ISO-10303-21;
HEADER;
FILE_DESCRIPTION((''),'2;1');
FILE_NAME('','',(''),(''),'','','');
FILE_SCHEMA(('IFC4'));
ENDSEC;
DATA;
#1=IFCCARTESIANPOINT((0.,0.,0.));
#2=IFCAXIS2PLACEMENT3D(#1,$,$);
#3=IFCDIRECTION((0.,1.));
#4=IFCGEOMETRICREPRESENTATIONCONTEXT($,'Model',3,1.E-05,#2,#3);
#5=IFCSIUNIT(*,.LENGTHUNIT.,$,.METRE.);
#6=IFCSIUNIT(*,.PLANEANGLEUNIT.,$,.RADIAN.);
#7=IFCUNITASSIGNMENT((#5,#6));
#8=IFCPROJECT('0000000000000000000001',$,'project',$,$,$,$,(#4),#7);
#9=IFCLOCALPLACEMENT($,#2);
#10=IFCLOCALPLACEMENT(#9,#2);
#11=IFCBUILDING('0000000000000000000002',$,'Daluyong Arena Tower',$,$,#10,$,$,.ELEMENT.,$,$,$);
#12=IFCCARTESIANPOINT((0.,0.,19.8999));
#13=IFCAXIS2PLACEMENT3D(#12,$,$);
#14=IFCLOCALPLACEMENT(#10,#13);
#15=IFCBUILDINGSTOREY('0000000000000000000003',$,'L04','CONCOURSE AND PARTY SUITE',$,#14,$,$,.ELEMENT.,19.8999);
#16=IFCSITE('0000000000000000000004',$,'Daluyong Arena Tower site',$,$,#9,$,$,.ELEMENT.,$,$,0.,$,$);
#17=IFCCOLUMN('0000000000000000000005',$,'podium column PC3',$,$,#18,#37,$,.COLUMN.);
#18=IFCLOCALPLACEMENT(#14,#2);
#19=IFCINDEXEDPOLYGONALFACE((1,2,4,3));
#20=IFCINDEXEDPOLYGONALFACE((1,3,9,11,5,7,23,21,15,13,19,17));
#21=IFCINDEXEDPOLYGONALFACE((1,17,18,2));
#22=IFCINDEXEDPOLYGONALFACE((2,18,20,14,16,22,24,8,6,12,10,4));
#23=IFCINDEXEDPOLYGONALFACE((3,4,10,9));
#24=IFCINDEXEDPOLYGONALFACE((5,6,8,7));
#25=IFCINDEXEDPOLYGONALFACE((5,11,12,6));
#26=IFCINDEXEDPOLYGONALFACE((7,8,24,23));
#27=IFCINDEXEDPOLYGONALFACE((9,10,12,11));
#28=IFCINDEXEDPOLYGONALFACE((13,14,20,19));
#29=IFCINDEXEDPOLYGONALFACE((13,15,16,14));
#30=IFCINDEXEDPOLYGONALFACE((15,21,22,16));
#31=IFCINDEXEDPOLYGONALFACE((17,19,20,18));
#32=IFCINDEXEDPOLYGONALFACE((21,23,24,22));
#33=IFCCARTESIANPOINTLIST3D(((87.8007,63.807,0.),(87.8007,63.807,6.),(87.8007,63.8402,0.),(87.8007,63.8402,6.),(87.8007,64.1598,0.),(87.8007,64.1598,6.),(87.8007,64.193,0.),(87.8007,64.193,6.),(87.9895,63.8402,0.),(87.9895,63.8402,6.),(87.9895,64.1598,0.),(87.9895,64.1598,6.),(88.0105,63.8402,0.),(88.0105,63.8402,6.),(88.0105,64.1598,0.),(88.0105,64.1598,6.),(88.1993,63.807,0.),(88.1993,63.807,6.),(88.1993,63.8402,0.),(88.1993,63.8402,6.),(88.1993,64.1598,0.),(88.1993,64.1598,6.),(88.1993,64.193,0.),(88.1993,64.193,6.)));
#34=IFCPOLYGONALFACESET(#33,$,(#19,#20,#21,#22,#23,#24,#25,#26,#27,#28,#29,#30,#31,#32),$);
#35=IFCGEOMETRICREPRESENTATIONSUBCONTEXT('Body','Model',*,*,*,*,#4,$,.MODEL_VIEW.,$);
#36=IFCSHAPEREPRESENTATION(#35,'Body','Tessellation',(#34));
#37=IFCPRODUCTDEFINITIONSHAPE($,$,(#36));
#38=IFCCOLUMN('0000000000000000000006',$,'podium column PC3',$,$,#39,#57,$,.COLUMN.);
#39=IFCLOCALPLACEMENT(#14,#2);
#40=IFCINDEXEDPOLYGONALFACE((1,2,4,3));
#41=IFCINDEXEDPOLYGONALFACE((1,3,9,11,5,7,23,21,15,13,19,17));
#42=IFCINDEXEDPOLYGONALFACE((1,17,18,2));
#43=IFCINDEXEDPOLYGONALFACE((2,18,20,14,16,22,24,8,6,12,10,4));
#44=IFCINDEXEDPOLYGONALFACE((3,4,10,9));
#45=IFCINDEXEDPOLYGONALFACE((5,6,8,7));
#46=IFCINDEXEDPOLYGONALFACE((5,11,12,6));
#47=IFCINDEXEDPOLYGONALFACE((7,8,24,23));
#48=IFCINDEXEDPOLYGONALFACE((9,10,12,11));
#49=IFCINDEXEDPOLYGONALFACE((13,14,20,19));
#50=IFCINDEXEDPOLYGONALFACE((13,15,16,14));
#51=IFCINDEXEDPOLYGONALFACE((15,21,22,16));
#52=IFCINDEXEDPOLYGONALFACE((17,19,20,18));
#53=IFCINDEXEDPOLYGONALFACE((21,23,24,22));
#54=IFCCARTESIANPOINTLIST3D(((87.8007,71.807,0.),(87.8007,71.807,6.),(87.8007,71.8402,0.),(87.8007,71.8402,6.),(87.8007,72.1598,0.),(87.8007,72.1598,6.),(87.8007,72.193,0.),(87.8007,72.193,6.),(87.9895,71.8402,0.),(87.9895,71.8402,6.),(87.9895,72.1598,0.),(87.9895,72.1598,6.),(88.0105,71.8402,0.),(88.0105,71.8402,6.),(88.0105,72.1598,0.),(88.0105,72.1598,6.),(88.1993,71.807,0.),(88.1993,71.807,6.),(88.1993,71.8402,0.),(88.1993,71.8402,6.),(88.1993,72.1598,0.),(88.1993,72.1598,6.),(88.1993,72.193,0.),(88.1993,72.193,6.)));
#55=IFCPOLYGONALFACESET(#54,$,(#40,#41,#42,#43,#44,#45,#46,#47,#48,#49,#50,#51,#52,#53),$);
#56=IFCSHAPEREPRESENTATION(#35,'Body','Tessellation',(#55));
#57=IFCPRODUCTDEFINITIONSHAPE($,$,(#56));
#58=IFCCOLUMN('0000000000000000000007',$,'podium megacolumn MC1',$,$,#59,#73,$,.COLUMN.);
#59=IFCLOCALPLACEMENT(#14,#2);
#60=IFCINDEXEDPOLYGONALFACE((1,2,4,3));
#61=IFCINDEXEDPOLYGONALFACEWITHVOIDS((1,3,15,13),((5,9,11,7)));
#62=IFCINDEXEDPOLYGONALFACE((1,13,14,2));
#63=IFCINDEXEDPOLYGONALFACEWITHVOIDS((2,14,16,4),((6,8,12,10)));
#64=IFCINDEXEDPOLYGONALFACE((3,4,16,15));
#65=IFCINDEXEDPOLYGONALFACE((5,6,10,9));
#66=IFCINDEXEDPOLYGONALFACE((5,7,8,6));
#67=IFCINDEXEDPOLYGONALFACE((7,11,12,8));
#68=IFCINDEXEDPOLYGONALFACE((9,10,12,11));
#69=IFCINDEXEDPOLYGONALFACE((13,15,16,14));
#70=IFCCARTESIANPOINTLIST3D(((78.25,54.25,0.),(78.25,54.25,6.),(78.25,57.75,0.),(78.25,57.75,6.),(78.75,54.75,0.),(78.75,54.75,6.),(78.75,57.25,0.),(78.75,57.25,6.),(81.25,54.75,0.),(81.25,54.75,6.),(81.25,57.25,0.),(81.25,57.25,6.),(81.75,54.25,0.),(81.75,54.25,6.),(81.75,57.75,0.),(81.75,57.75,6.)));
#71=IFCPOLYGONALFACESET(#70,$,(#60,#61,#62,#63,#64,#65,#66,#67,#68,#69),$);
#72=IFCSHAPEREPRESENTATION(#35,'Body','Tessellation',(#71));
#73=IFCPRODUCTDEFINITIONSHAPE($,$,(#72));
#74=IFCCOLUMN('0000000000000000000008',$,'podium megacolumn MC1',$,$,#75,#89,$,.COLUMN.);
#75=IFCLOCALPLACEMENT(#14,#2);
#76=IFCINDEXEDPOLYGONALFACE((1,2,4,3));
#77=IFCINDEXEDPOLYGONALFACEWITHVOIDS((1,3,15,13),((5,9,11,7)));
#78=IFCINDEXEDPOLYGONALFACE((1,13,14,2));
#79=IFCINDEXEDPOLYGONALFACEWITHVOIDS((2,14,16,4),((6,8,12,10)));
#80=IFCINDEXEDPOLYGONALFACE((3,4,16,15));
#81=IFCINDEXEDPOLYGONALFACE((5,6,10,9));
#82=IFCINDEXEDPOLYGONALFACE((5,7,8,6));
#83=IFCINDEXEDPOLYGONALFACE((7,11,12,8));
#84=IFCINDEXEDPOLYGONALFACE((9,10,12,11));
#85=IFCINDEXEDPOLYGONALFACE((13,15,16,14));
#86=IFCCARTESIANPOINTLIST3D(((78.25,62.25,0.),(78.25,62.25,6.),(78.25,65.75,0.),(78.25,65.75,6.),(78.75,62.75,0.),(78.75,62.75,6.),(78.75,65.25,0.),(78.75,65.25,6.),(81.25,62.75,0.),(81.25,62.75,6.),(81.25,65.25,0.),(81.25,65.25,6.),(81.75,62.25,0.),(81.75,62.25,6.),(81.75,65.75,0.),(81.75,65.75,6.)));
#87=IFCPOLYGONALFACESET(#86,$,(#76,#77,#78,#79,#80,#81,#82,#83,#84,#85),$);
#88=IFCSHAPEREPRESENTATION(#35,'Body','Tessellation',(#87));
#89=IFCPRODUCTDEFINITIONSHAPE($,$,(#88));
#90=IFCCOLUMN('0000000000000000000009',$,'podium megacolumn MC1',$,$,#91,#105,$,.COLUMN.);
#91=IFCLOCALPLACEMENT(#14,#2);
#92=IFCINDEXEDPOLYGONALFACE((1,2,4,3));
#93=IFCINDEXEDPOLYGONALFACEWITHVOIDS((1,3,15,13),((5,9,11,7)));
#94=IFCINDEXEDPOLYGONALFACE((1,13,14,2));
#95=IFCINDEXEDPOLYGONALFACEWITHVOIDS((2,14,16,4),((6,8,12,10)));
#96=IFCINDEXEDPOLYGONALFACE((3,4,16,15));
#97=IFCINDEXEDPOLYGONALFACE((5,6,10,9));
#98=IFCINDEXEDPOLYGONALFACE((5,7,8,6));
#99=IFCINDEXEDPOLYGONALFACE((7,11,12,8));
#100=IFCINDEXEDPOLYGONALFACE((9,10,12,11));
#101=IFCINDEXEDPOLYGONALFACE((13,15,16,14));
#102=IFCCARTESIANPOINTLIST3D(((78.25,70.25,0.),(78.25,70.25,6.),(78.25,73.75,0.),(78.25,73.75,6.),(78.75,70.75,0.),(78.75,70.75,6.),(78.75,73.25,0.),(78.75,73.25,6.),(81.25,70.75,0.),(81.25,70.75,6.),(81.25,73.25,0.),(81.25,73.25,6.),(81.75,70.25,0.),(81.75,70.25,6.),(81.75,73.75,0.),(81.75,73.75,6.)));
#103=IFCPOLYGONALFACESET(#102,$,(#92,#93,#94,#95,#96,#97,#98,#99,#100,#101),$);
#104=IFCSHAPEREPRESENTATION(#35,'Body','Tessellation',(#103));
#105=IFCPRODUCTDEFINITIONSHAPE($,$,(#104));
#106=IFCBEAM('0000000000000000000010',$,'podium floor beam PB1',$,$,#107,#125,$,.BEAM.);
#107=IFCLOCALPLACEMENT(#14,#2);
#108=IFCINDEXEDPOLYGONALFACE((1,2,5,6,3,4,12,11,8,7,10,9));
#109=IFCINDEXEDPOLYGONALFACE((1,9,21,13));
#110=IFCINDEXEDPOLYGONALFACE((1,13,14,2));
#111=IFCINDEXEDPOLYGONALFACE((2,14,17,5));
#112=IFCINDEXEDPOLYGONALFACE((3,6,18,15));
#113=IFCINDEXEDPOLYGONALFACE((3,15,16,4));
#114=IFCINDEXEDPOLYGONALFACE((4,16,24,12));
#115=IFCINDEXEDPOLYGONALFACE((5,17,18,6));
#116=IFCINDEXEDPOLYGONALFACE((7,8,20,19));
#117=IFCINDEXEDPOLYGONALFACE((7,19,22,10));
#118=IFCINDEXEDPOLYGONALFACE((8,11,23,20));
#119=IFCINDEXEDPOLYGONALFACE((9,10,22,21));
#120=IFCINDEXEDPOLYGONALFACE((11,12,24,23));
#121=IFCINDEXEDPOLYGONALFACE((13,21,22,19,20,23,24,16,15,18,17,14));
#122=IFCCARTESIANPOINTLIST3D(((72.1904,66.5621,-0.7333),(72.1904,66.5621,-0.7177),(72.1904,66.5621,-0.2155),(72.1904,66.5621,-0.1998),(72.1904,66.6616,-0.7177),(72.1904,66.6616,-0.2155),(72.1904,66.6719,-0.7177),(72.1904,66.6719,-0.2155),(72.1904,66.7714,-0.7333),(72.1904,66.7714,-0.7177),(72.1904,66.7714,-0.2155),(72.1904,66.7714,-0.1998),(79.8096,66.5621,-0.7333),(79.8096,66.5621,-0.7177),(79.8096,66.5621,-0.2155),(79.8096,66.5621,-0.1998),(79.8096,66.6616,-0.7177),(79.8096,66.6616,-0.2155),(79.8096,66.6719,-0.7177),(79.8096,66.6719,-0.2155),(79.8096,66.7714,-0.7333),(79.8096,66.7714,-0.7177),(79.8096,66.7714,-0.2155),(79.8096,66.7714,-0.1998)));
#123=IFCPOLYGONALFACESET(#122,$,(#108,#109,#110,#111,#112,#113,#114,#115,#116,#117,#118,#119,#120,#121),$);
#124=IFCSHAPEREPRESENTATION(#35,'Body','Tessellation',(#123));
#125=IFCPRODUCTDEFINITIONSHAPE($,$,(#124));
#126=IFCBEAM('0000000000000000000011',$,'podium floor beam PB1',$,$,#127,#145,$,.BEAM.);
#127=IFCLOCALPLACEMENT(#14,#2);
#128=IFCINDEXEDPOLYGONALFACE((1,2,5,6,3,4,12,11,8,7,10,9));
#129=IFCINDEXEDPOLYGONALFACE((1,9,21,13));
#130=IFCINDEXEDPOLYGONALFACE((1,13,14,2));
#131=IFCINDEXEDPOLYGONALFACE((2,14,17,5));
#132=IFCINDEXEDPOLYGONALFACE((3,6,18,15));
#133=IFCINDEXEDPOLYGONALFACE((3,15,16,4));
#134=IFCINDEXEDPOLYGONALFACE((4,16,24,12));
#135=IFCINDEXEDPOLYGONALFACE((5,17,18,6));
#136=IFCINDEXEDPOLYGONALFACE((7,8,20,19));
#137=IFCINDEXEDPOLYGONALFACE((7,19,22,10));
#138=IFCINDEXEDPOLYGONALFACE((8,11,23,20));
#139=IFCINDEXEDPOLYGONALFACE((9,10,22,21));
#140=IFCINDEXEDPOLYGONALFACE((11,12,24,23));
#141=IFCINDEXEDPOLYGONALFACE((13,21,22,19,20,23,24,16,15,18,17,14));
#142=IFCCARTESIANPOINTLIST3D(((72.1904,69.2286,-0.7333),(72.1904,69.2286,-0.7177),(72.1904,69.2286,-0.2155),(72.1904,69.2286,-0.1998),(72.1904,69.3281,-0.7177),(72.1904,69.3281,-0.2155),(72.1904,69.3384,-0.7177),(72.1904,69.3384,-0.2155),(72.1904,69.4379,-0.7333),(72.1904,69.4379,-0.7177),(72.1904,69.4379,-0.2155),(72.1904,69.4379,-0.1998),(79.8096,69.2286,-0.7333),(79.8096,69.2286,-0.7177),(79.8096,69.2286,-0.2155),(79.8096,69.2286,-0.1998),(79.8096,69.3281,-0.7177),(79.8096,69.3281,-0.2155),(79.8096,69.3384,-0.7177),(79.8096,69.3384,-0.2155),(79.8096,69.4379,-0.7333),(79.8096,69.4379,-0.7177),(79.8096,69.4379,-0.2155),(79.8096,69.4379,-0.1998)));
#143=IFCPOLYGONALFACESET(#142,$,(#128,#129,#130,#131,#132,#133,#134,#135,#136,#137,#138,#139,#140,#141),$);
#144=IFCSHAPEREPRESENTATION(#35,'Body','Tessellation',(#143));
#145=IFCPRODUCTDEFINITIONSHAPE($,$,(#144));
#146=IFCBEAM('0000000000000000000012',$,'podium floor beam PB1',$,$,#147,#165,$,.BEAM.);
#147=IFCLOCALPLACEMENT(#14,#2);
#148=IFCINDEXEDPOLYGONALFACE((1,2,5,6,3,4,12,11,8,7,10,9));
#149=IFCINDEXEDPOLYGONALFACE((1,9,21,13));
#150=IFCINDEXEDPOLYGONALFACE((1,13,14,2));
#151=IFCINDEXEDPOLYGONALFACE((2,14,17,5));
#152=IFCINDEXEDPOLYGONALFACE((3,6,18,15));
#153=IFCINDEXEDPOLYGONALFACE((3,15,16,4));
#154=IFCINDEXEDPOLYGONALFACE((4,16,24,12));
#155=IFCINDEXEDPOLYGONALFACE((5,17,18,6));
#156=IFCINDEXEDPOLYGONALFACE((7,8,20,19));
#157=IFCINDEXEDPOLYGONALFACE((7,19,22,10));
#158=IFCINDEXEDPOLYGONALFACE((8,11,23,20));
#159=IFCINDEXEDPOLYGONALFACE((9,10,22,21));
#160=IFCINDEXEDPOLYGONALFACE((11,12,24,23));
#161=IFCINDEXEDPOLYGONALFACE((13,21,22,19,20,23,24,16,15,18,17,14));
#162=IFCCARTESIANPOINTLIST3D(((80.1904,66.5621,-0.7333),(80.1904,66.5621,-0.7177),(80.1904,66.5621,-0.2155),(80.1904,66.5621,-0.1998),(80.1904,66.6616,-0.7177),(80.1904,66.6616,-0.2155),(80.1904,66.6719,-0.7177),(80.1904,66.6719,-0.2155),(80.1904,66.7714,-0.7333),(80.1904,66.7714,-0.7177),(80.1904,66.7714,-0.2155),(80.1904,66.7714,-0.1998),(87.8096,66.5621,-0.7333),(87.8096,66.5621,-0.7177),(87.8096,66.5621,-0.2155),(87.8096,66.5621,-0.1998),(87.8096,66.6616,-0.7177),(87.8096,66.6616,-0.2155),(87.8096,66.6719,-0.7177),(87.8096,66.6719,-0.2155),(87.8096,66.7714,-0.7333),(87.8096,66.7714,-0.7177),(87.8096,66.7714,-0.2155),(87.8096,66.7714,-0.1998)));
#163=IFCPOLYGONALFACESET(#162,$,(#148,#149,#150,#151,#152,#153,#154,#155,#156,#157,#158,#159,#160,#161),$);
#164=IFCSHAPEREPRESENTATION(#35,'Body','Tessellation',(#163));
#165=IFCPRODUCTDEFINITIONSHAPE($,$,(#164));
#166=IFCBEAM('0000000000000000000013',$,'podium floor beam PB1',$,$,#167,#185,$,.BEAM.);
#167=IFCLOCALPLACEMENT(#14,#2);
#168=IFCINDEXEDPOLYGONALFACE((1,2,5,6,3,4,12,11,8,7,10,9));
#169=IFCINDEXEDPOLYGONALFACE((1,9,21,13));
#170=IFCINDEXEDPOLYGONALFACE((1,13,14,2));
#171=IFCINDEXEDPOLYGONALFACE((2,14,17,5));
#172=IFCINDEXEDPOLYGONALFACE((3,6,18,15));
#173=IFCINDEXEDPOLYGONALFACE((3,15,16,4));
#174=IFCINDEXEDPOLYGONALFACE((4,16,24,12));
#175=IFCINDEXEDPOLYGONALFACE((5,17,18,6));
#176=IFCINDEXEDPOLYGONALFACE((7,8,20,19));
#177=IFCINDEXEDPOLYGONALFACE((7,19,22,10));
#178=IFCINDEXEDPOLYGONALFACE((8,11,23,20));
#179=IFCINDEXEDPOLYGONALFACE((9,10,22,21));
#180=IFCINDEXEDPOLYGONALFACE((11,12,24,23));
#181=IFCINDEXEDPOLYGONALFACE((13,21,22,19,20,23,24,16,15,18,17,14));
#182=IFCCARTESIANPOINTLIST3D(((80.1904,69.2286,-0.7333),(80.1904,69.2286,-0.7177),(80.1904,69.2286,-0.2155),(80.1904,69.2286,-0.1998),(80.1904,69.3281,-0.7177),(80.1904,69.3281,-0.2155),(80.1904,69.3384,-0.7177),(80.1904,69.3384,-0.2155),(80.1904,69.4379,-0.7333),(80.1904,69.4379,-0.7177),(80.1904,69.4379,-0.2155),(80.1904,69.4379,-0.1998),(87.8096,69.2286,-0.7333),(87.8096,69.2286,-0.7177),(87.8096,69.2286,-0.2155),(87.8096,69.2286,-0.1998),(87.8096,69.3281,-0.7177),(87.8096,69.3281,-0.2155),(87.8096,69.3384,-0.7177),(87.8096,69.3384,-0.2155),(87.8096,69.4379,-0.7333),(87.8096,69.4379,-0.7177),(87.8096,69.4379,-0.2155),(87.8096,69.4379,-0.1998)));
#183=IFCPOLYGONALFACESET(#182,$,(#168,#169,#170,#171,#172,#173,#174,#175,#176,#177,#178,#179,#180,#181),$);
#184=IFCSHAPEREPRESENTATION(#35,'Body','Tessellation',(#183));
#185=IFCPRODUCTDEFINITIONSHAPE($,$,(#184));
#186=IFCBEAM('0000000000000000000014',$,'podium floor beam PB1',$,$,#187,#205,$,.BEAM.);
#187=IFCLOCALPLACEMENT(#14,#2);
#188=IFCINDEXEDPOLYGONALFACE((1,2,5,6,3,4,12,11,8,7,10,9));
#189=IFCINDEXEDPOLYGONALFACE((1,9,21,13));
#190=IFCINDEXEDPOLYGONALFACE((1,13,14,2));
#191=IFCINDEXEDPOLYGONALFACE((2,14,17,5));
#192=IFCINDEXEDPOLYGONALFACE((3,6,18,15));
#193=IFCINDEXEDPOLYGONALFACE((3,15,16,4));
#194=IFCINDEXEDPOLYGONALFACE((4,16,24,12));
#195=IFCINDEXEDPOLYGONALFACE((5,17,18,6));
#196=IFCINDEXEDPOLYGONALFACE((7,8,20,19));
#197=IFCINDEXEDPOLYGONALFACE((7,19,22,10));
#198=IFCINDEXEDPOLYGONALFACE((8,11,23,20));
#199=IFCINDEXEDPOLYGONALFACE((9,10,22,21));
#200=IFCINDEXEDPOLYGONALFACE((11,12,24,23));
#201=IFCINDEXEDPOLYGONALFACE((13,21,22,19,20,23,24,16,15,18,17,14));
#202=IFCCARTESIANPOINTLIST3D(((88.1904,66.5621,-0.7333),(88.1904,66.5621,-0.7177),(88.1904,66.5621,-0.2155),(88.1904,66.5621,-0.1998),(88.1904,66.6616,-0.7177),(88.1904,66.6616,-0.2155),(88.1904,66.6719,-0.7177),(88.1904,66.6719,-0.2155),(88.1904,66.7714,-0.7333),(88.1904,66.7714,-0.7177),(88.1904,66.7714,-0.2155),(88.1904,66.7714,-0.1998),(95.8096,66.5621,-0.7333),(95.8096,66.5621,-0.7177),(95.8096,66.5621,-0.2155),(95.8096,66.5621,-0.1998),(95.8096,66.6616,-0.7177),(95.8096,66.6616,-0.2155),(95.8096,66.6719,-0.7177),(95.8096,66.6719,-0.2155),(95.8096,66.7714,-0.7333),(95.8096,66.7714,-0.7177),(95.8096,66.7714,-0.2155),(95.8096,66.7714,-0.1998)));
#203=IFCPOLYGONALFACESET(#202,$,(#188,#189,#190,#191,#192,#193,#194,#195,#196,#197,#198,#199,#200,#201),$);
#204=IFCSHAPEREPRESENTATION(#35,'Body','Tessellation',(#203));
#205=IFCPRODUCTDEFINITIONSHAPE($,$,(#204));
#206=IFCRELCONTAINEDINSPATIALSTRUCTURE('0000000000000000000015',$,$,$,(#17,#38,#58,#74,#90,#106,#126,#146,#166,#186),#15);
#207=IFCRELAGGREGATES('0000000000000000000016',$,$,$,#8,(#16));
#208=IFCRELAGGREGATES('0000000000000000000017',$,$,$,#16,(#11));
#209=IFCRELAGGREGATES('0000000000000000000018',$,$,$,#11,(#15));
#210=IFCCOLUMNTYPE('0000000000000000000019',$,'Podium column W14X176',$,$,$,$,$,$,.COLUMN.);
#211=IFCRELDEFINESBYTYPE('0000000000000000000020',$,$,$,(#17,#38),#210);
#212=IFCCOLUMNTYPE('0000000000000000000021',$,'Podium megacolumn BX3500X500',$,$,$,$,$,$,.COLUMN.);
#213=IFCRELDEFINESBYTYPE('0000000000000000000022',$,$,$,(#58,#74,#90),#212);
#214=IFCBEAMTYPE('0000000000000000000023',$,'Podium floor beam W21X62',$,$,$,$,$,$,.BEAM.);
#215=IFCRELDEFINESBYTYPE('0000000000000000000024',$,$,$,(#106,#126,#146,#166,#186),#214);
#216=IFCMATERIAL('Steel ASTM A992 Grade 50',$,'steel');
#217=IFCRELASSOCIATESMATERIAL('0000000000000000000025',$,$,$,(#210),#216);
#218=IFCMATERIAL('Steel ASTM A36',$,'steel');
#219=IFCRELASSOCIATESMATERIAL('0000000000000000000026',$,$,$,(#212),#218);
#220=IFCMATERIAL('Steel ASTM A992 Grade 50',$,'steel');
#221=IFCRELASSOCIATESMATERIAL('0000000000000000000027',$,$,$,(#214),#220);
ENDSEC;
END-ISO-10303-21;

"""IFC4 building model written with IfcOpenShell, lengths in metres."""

from ifc_helpers import new_model, si_unit, direction, frame, origin, origin_2d, place, context, subcontext, project, spatial, hollow_rectangle, i_section, extrude, material, material_profile, profile_set, type_object, element, save


model = new_model("IFC4")

# Units and contexts
model_context = context("Model", 3, precision=1e-05, world=origin(), true_north=direction((0.0, 1.0)))
body_context = subcontext(model_context, "Body", "Model", "MODEL_VIEW")
ifc_project = project(units=[si_unit("LENGTHUNIT", "METRE"), si_unit("PLANEANGLEUNIT", "RADIAN")], contexts=[model_context])

# Site, building, storey
site_placement = place(None, origin())
site = spatial("IfcSite", under=ifc_project, at=site_placement, Name="Daluyong Arena Tower site", CompositionType="ELEMENT", RefElevation=0.0)
building_placement = place(site_placement, origin())
building = spatial("IfcBuilding", under=site, at=building_placement, Name="Daluyong Arena Tower", CompositionType="ELEMENT")
storey_placement = place(building_placement, frame((0.0, 0.0, 19.8999)))
storey = spatial("IfcBuildingStorey", under=building, at=storey_placement, Name="L04", Description="CONCOURSE AND PARTY SUITE", CompositionType="ELEMENT", Elevation=19.8999)

# Columns
ifc_material_1 = material(Name="Steel ASTM A992 Grade 50", Category="steel")
ifc_material_profile_1 = material_profile(ifc_material_1, i_section(OverallWidth=0.3987, OverallDepth=0.386, WebThickness=0.021, FlangeThickness=0.0332, at=origin_2d()))
ifc_profile_set_1 = profile_set([ifc_material_profile_1], Name="Steel ASTM A992 Grade 50")
column_type_1 = type_object("IfcColumnType", Name="Podium column W14X176", PredefinedType="COLUMN", material=ifc_profile_set_1)
for number, where, z_axis, x_axis, name in (
    (1, (88.0, 64.0, 0.0), (0.0, 0.0, 1.0), (1.0, 0.0, 0.0), "podium column PC3"),
    (2, (88.0, 72.0, 0.0), (0.0, 0.0, 1.0), (1.0, 0.0, 0.0), "podium column PC3"),
):
    element("IfcColumn", number, at=place(storey_placement, frame(where, z_axis=z_axis, x_axis=x_axis)), inside=storey, type_object=column_type_1, Name=name, PredefinedType="COLUMN", context=body_context, shape_type="SweptSolid", body=[
        extrude(i_section(OverallWidth=0.3987, OverallDepth=0.386, WebThickness=0.021, FlangeThickness=0.0332, at=origin_2d()), origin(), (0.0, 0.0, 1.0), 6.0),
    ])
ifc_material_2 = material(Name="Steel ASTM A36", Category="steel")
ifc_material_profile_2 = material_profile(ifc_material_2, hollow_rectangle(XDim=3.5, YDim=3.5, WallThickness=0.5, at=origin_2d()))
ifc_profile_set_2 = profile_set([ifc_material_profile_2], Name="Steel ASTM A36")
column_type_2 = type_object("IfcColumnType", Name="Podium megacolumn BX3500X500", PredefinedType="COLUMN", material=ifc_profile_set_2)
for number, where, z_axis, x_axis, name in (
    (3, (80.0, 56.0, 0.0), (0.0, 0.0, 1.0), (1.0, 0.0, 0.0), "podium megacolumn MC1"),
    (4, (80.0, 64.0, 0.0), (0.0, 0.0, 1.0), (1.0, 0.0, 0.0), "podium megacolumn MC1"),
    (5, (80.0, 72.0, 0.0), (0.0, 0.0, 1.0), (1.0, 0.0, 0.0), "podium megacolumn MC1"),
):
    element("IfcColumn", number, at=place(storey_placement, frame(where, z_axis=z_axis, x_axis=x_axis)), inside=storey, type_object=column_type_2, Name=name, PredefinedType="COLUMN", context=body_context, shape_type="SweptSolid", body=[
        extrude(hollow_rectangle(XDim=3.5, YDim=3.5, WallThickness=0.5, at=origin_2d()), origin(), (0.0, 0.0, 1.0), 6.0),
    ])

# Beams
ifc_material_3 = material(Name="Steel ASTM A992 Grade 50", Category="steel")
ifc_material_profile_3 = material_profile(ifc_material_3, i_section(OverallWidth=0.2092, OverallDepth=0.5334, WebThickness=0.0103, FlangeThickness=0.0156, at=origin_2d()))
ifc_profile_set_3 = profile_set([ifc_material_profile_3], Name="Steel ASTM A992 Grade 50")
beam_type_1 = type_object("IfcBeamType", Name="Podium floor beam W21X62", PredefinedType="BEAM", material=ifc_profile_set_3)
for number, where, z_axis, x_axis, name in (
    (6, (72.1904, 66.6667, -0.4666), (1.0, 0.0, 0.0), (0.0, 1.0, 0.0), "podium floor beam PB1"),
    (7, (72.1904, 69.3333, -0.4666), (1.0, 0.0, 0.0), (0.0, 1.0, 0.0), "podium floor beam PB1"),
    (8, (80.1904, 66.6667, -0.4666), (1.0, 0.0, 0.0), (0.0, 1.0, 0.0), "podium floor beam PB1"),
    (9, (80.1904, 69.3333, -0.4666), (1.0, 0.0, 0.0), (0.0, 1.0, 0.0), "podium floor beam PB1"),
    (10, (88.1904, 66.6667, -0.4666), (1.0, 0.0, 0.0), (0.0, 1.0, 0.0), "podium floor beam PB1"),
):
    element("IfcBeam", number, at=place(storey_placement, frame(where, z_axis=z_axis, x_axis=x_axis)), inside=storey, type_object=beam_type_1, Name=name, PredefinedType="BEAM", context=body_context, shape_type="SweptSolid", body=[
        extrude(i_section(OverallWidth=0.2092, OverallDepth=0.5334, WebThickness=0.0103, FlangeThickness=0.0156, at=origin_2d()), origin(), (0.0, 0.0, 1.0), 7.6191),
    ])

save(model, "model.ifc")
